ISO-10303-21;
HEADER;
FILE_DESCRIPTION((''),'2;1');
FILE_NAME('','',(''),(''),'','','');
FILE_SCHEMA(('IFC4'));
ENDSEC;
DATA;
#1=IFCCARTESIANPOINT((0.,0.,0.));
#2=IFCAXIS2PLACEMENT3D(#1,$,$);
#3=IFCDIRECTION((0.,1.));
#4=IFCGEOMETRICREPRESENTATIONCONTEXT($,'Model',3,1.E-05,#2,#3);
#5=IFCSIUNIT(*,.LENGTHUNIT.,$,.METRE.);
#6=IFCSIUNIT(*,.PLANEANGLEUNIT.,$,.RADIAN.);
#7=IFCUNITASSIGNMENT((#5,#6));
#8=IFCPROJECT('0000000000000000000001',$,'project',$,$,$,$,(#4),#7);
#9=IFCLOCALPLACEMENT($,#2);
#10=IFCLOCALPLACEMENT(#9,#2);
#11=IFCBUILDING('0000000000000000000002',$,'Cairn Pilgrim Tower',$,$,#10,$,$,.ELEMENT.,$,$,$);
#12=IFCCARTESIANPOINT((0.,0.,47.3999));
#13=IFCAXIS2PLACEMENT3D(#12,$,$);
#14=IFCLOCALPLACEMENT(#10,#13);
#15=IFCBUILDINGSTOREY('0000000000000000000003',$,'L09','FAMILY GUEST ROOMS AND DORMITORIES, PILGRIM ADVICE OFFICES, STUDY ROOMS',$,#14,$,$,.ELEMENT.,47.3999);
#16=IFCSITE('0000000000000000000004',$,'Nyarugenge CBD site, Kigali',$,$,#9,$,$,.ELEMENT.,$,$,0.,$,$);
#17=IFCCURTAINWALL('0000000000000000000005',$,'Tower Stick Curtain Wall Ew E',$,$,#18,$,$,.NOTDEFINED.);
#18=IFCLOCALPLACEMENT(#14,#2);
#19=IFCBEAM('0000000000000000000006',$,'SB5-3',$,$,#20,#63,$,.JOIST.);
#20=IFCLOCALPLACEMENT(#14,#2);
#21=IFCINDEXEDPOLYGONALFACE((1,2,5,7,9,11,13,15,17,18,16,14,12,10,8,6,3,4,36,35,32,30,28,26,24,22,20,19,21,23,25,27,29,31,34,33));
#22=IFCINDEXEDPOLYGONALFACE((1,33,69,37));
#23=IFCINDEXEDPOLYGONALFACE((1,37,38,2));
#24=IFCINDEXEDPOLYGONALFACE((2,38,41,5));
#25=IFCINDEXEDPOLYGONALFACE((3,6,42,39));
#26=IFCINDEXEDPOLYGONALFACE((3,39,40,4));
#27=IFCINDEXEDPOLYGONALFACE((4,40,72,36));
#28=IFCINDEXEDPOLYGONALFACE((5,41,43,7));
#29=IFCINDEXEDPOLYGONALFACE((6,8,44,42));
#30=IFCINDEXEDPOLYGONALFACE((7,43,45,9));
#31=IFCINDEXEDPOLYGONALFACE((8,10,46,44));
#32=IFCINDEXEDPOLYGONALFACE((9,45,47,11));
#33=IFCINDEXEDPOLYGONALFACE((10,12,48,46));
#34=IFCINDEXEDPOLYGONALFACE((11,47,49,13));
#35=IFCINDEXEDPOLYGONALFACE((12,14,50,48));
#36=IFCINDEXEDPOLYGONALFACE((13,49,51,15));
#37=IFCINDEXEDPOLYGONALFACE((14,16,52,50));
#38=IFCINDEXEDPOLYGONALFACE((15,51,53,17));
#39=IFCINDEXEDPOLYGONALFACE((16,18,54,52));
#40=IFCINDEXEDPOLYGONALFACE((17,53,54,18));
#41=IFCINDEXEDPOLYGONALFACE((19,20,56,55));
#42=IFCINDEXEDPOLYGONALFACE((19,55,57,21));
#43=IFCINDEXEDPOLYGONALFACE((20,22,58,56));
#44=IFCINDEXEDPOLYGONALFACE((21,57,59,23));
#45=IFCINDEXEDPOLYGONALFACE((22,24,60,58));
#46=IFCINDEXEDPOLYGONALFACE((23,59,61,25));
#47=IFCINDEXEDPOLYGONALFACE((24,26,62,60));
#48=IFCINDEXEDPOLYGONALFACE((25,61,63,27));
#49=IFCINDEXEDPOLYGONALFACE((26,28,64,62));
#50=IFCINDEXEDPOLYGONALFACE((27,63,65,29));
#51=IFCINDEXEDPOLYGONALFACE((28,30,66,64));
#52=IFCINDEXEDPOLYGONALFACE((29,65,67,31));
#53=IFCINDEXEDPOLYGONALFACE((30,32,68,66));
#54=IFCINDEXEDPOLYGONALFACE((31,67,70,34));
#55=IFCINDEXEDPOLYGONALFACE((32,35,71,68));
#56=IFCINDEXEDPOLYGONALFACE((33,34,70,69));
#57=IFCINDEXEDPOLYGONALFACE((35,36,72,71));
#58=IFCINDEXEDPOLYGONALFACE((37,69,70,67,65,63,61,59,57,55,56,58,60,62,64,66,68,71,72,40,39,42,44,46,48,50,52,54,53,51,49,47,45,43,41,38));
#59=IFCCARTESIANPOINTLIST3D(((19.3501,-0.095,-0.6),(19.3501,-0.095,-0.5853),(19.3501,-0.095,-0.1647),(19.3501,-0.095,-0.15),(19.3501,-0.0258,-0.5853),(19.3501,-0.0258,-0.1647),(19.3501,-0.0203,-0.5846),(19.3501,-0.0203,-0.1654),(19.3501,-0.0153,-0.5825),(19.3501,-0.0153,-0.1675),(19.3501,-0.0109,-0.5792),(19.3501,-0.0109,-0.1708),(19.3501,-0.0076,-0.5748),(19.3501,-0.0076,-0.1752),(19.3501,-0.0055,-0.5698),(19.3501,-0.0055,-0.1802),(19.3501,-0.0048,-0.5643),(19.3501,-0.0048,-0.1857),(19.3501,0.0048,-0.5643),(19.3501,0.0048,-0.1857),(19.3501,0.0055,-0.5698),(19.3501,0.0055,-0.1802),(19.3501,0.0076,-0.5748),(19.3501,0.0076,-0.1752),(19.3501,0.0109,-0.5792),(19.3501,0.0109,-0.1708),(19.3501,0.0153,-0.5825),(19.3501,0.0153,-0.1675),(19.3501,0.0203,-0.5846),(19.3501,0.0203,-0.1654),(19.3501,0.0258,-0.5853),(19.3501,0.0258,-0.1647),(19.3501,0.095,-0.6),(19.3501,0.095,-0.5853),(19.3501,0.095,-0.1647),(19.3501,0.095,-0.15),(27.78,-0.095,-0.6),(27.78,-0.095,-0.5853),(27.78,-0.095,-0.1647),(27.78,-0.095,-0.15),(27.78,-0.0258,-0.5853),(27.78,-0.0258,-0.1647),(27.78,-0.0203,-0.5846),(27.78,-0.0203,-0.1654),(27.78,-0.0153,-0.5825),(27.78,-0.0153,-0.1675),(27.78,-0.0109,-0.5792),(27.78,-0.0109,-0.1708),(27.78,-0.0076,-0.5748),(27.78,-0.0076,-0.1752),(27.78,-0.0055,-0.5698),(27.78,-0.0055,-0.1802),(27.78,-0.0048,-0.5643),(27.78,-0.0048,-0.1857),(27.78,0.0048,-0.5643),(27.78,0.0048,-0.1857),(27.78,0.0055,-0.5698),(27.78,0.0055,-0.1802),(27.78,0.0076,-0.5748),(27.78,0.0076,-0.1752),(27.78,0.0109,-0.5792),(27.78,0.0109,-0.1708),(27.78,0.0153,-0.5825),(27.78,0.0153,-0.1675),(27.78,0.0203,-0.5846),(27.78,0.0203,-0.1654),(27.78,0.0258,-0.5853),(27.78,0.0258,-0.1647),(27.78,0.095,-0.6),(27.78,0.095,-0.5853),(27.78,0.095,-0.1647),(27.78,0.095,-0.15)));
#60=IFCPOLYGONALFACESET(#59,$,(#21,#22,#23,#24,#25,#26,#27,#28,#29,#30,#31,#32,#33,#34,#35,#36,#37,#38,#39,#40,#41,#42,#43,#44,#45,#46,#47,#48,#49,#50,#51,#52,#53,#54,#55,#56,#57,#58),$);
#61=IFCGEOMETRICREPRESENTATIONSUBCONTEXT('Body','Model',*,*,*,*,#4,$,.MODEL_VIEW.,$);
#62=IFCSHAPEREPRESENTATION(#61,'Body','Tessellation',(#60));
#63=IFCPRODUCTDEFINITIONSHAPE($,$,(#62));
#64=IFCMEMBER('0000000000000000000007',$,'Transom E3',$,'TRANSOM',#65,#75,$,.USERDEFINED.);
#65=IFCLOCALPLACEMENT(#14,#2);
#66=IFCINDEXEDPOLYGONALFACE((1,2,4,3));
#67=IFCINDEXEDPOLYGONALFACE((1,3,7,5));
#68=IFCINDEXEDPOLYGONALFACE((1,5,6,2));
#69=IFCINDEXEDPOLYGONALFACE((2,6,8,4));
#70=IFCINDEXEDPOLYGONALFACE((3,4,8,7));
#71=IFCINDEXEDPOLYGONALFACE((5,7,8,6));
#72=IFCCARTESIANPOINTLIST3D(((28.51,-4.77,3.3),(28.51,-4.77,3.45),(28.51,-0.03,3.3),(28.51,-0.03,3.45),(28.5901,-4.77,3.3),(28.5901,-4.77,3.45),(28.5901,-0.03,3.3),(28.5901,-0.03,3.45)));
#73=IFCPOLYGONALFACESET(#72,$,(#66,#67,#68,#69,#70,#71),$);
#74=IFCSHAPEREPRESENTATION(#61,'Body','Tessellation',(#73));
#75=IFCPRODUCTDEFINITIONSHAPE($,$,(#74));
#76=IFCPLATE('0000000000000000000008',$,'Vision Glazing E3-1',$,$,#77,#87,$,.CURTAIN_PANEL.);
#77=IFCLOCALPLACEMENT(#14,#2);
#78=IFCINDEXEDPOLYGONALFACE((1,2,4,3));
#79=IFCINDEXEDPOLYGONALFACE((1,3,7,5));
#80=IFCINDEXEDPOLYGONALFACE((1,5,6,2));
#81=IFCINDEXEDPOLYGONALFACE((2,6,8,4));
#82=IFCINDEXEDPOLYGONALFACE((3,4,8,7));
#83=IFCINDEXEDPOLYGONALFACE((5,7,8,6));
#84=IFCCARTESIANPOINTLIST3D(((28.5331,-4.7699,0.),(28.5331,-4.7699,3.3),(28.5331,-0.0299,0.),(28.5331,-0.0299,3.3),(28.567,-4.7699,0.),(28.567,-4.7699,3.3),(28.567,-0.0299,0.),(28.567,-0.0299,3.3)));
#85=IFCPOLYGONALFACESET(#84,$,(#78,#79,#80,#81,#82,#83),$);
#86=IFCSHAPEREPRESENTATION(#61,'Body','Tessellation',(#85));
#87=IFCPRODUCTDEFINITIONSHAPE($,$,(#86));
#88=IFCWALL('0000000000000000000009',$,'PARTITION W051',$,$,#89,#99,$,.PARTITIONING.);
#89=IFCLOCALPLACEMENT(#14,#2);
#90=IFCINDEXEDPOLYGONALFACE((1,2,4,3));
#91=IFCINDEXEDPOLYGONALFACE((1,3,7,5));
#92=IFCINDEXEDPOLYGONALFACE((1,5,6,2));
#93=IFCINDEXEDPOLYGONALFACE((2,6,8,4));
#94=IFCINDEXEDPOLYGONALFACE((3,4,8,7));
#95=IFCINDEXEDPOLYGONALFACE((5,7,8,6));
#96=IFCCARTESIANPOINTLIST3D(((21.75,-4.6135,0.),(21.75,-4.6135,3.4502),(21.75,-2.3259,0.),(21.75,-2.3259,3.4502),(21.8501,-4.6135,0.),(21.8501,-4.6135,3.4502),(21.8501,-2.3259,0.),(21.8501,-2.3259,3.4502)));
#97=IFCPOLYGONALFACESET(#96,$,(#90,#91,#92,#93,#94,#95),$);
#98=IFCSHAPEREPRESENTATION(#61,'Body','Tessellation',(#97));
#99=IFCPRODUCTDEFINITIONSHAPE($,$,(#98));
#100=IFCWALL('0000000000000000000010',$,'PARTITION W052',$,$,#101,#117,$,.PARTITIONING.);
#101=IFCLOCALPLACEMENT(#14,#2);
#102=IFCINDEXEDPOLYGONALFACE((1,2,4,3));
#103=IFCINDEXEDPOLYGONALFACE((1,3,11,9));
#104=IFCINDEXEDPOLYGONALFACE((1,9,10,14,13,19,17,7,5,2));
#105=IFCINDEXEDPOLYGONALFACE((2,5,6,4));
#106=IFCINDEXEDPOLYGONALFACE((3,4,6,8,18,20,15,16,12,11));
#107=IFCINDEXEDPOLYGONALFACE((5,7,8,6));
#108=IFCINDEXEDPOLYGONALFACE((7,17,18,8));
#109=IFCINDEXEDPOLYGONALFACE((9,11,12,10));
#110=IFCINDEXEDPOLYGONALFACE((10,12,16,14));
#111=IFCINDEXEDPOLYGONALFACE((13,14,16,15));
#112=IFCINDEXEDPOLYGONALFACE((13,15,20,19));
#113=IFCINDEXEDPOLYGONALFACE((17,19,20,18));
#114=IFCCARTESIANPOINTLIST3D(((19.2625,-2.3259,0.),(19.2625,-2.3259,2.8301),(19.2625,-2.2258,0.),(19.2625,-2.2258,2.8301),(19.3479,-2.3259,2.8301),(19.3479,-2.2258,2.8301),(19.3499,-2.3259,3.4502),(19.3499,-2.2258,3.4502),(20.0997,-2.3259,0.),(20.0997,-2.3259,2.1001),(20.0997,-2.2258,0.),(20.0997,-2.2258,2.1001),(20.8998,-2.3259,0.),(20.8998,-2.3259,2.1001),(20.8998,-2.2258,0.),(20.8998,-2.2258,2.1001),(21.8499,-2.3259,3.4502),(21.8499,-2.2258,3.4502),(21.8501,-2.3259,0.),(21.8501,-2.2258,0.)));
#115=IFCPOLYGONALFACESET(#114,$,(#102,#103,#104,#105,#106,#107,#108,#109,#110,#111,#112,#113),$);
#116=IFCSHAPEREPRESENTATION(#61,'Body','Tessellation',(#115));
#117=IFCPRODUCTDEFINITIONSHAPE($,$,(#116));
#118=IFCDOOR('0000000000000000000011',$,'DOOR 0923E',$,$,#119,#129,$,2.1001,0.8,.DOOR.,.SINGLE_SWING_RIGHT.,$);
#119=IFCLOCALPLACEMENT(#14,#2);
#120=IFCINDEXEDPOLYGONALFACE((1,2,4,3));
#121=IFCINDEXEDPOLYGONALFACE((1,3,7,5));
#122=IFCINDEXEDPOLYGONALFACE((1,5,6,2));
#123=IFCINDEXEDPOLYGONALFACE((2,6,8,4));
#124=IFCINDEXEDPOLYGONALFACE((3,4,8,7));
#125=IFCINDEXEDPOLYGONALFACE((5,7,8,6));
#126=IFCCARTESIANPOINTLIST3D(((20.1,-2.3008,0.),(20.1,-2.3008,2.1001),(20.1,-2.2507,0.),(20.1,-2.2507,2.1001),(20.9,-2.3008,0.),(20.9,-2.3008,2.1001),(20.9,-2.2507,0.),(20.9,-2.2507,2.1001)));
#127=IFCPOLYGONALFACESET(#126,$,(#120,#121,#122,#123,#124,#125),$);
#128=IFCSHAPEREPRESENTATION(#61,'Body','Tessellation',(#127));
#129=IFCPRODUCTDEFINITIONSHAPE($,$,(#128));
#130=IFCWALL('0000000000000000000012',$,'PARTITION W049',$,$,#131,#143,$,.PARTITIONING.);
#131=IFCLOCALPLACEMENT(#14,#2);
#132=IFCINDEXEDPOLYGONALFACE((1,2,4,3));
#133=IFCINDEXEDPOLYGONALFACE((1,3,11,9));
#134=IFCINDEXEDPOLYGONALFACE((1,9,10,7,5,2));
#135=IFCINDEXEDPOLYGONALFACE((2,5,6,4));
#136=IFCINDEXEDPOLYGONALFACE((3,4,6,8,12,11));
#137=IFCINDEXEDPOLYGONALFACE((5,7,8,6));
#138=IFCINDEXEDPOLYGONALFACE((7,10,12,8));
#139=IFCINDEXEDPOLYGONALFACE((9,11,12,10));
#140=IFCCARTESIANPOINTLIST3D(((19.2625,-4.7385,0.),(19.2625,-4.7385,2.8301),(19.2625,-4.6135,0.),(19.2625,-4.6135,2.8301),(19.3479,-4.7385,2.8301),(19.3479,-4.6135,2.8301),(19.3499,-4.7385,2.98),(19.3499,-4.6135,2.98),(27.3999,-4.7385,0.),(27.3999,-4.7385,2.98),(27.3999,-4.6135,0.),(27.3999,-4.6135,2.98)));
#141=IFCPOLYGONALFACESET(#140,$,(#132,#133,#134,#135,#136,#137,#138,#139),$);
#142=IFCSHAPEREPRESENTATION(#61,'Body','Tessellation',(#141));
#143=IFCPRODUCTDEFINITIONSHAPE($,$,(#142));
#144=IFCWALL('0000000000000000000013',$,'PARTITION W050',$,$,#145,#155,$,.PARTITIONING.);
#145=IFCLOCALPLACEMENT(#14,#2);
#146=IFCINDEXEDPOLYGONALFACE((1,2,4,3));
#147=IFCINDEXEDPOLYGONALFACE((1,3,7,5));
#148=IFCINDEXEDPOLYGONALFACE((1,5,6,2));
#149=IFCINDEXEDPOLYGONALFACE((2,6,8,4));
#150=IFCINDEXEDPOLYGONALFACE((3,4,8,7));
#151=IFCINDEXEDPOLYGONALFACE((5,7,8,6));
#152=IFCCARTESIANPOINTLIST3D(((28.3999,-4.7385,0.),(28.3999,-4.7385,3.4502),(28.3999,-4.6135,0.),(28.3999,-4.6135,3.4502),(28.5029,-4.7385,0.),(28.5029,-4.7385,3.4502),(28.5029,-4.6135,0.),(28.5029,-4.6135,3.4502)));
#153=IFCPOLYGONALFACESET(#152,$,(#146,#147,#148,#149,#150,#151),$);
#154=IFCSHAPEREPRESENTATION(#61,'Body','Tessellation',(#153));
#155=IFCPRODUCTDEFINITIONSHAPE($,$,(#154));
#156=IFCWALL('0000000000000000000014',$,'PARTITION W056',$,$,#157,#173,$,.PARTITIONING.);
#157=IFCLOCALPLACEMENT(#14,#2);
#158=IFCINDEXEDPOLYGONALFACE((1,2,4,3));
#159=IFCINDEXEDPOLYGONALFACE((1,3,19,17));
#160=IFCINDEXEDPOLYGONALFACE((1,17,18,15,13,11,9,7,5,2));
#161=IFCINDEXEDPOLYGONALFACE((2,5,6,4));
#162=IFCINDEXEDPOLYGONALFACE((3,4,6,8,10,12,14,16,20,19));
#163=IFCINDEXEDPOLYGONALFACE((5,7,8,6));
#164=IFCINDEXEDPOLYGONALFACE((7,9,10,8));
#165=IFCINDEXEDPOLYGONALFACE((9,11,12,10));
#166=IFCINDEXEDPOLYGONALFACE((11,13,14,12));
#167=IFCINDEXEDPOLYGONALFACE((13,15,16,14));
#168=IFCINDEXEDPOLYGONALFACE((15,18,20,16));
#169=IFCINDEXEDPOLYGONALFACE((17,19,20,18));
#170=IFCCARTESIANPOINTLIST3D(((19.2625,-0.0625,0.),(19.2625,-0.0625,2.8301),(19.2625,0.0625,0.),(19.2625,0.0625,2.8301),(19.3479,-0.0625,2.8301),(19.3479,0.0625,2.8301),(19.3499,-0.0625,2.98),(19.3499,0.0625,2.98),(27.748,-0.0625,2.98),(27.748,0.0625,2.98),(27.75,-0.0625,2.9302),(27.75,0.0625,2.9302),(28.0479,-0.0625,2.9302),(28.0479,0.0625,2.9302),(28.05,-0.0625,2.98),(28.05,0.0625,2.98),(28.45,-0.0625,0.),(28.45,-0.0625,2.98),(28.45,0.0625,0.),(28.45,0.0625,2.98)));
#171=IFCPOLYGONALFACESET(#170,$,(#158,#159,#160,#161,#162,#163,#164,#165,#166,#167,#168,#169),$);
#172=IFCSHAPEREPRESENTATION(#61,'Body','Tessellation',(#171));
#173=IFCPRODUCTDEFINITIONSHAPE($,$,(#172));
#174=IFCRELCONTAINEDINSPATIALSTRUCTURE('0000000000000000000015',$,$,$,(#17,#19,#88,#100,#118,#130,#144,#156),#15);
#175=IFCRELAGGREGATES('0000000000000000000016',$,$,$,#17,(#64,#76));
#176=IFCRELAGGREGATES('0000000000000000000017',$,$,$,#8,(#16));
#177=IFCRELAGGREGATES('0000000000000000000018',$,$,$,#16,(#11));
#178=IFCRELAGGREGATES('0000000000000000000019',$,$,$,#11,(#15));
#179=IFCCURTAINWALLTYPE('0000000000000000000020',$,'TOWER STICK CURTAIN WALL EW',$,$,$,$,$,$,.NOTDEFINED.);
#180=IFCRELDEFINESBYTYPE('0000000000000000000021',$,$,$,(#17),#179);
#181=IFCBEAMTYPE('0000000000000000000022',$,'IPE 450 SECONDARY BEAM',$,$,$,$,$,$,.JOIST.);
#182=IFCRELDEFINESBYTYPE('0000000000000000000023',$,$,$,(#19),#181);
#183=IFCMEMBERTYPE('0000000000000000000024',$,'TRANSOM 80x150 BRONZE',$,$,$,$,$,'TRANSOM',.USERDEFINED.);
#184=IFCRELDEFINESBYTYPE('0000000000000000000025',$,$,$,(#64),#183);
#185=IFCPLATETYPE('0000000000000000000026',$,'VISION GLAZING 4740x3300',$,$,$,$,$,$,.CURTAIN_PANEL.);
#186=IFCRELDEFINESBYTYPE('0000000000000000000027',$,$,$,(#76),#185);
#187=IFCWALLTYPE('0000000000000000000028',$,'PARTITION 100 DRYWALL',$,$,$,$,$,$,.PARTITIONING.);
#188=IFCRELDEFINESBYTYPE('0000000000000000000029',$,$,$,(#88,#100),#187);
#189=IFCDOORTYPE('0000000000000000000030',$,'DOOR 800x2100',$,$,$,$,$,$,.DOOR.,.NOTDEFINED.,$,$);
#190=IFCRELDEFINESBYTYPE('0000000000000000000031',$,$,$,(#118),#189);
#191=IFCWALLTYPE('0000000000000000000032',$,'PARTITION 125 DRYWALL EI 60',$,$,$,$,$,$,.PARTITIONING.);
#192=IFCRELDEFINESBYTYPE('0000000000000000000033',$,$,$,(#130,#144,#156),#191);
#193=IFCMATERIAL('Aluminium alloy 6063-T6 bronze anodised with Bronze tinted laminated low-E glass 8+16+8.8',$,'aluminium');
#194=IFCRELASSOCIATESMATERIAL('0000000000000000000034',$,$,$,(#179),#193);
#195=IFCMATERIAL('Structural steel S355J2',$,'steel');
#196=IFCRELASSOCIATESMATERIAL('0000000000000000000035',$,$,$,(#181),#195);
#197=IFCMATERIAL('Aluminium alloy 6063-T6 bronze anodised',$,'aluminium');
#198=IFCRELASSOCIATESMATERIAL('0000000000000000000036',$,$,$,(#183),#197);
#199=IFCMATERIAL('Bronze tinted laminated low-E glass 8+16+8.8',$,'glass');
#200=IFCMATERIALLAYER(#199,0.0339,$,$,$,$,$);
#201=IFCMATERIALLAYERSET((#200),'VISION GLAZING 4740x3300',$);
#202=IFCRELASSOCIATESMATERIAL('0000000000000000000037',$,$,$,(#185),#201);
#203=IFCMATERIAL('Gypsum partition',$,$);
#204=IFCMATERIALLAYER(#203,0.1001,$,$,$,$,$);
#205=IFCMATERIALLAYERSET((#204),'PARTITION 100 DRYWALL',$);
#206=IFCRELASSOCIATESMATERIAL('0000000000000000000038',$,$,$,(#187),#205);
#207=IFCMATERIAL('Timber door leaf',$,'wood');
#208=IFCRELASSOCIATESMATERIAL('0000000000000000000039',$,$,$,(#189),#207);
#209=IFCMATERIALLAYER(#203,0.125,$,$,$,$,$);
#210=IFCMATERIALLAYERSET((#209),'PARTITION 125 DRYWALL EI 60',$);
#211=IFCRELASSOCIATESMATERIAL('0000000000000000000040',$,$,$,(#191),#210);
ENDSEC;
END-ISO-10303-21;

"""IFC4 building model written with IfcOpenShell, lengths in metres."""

from ifc_helpers import new_model, si_unit, direction, frame, frame_2d, origin, origin_2d, place, context, subcontext, project, spatial, polyline, rectangle, i_section, outline, extrude, material, layer, layer_set, material_profile, profile_set, type_object, element, fill, aggregate, save


model = new_model("IFC4")

# Units and contexts
model_context = context("Model", 3, precision=1e-05, world=origin(), true_north=direction((0.0, 1.0)))
body_context = subcontext(model_context, "Body", "Model", "MODEL_VIEW")
ifc_project = project(units=[si_unit("LENGTHUNIT", "METRE"), si_unit("PLANEANGLEUNIT", "RADIAN")], contexts=[model_context])

# Site, building, storey
site_placement = place(None, origin())
site = spatial("IfcSite", under=ifc_project, at=site_placement, Name="Nyarugenge CBD site, Kigali", CompositionType="ELEMENT", RefElevation=0.0)
building_placement = place(site_placement, origin())
building = spatial("IfcBuilding", under=site, at=building_placement, Name="Cairn Pilgrim Tower", CompositionType="ELEMENT")
storey_placement = place(building_placement, frame((0.0, 0.0, 47.3999)))
storey = spatial("IfcBuildingStorey", under=building, at=storey_placement, Name="L09", Description="FAMILY GUEST ROOMS AND DORMITORIES, PILGRIM ADVICE OFFICES, STUDY ROOMS", CompositionType="ELEMENT", Elevation=47.3999)

# Curtain wall
ifc_material_1 = material(Name="Aluminium alloy 6063-T6 bronze anodised with Bronze tinted laminated low-E glass 8+16+8.8", Category="aluminium")
curtain_wall_type = type_object("IfcCurtainWallType", Name="TOWER STICK CURTAIN WALL EW", PredefinedType="NOTDEFINED", material=ifc_material_1)
curtain_wall_placement = place(storey_placement, origin())
curtain_wall = element("IfcCurtainWall", 1, at=curtain_wall_placement, inside=storey, type_object=curtain_wall_type, Name="Tower Stick Curtain Wall Ew E", PredefinedType="NOTDEFINED")
ifc_material_2 = material(Name="Aluminium alloy 6063-T6 bronze anodised", Category="aluminium")

# Beam
ifc_material_3 = material(Name="Structural steel S355J2", Category="steel")
ifc_material_profile_1 = material_profile(ifc_material_3, i_section(OverallWidth=0.1899, OverallDepth=0.45, WebThickness=0.0095, FlangeThickness=0.0146, FilletRadius=0.021, at=origin_2d()), Name="IPE 450")
ifc_profile_set_1 = profile_set([ifc_material_profile_1], Name="Structural steel S355J2")
beam_type_1 = type_object("IfcBeamType", Name="IPE 450 SECONDARY BEAM", PredefinedType="JOIST", material=ifc_profile_set_1)
for number, where, z_axis, x_axis, name in (
    (2, (19.3501, 0.0, -0.375), (1.0, 0.0, 0.0), (0.0, 1.0, 0.0), "SB5-3"),
):
    element("IfcBeam", number, at=place(storey_placement, frame(where, z_axis=z_axis, x_axis=x_axis)), inside=storey, type_object=beam_type_1, Name=name, PredefinedType="JOIST", context=body_context, shape_type="SweptSolid", body=[
        extrude(i_section(OverallWidth=0.1899, OverallDepth=0.45, WebThickness=0.0095, FlangeThickness=0.0146, FilletRadius=0.021, at=origin_2d()), origin(), (0.0, 0.0, 1.0), 8.4299),
    ])

# Member
ifc_material_profile_2 = material_profile(ifc_material_2, rectangle(XDim=0.0801, YDim=0.1499, at=origin_2d()), Name="TRANSOM 80x150 BRONZE")
ifc_profile_set_2 = profile_set([ifc_material_profile_2], Name="Aluminium alloy 6063-T6 bronze anodised")
member_type_1 = type_object("IfcMemberType", Name="TRANSOM 80x150 BRONZE", ElementType="TRANSOM", PredefinedType="USERDEFINED", material=ifc_profile_set_2)
member_1_placement = place(storey_placement, frame((28.55, -4.77, 3.375), z_axis=(0.0, 1.0, 0.0), x_axis=(-1.0, 0.0, 0.0)))
member_1 = element("IfcMember", 3, at=member_1_placement, type_object=member_type_1, Name="Transom E3", ObjectType="TRANSOM", PredefinedType="USERDEFINED", context=body_context, shape_type="SweptSolid", body=[
    extrude(rectangle(XDim=0.0801, YDim=0.1499, at=origin_2d()), origin(), (0.0, 0.0, 1.0), 4.74),
])

# Plate
ifc_material_4 = material(Name="Bronze tinted laminated low-E glass 8+16+8.8", Category="glass")
ifc_layer_1 = layer(ifc_material_4, 0.0339)
ifc_layer_set_1 = layer_set([ifc_layer_1], Name="VISION GLAZING 4740x3300")
plate_type = type_object("IfcPlateType", Name="VISION GLAZING 4740x3300", PredefinedType="CURTAIN_PANEL", material=ifc_layer_set_1)
plate_placement = place(storey_placement, frame((28.55, -2.3999, 0.0), z_axis=(0.0, 0.0, 1.0), x_axis=(0.0, 1.0, 0.0)))
plate = element("IfcPlate", 4, at=plate_placement, type_object=plate_type, Name="Vision Glazing E3-1", PredefinedType="CURTAIN_PANEL", context=body_context, shape_type="SweptSolid", body=[
    extrude(rectangle(XDim=4.74, YDim=0.0339, at=origin_2d()), origin(), (0.0, 0.0, 1.0), 3.3),
])
aggregate(curtain_wall, [member_1, plate])

# Wall
ifc_material_5 = material(Name="Gypsum partition")
ifc_layer_2 = layer(ifc_material_5, 0.1001)
ifc_layer_set_2 = layer_set([ifc_layer_2], Name="PARTITION 100 DRYWALL")
wall_type_1 = type_object("IfcWallType", Name="PARTITION 100 DRYWALL", PredefinedType="PARTITIONING", material=ifc_layer_set_2)
wall_1_placement = place(storey_placement, frame((21.8, -4.6135, 0.0), z_axis=(0.0, 0.0, 1.0), x_axis=(0.0, 1.0, 0.0)))
element("IfcWall", 5, at=wall_1_placement, inside=storey, type_object=wall_type_1, Name="PARTITION W051", PredefinedType="PARTITIONING", context=body_context, shape_type="SweptSolid", body=[
    extrude(rectangle(XDim=2.2876, YDim=0.1001, at=frame_2d((1.1438, 0.0))), origin(), (0.0, 0.0, 1.0), 3.4502),
])

# Wall, opening, door
wall_2_placement = place(storey_placement, frame((19.2625, -2.2759, 0.0), z_axis=(0.0, 0.0, 1.0), x_axis=(1.0, 0.0, 0.0)))
wall_2 = element("IfcWall", 6, at=wall_2_placement, inside=storey, type_object=wall_type_1, Name="PARTITION W052", PredefinedType="PARTITIONING", context=body_context, shape_type="SweptSolid", body=[
    extrude(outline(polyline([(0.0, 0.0), (2.5876, 0.0), (2.5874, 3.4502), (0.0874, 3.4502), (0.0854, 2.8301), (0.0, 2.8301), (0.0, 0.0)])), frame((0.0, 0.05, 0.0), z_axis=(0.0, -1.0, 0.0), x_axis=(1.0, 0.0, 0.0)), (0.0, 0.0, 1.0), 0.1001),
])
opening_placement = place(wall_2_placement, frame((0.8374, 0.0, 0.0)))
opening = element("IfcOpeningElement", 7, at=opening_placement, cuts=wall_2, PredefinedType="OPENING", context=body_context, shape_type="SweptSolid", body=[
    extrude(rectangle(XDim=0.8, YDim=2.1001, at=frame_2d((0.3999, 1.05))), frame((0.0, 0.0601, 0.0), z_axis=(0.0, -1.0, 0.0), x_axis=(1.0, 0.0, 0.0)), (0.0, 0.0, 1.0), 0.1201),
])
ifc_material_6 = material(Name="Timber door leaf", Category="wood")
door_type = type_object("IfcDoorType", Name="DOOR 800x2100", OperationType="NOTDEFINED", PredefinedType="DOOR", material=ifc_material_6)
door_placement = place(opening_placement, frame((0.8, 0.0, 0.0), z_axis=(0.0, 0.0, 1.0), x_axis=(-1.0, 0.0, 0.0)))
door = element("IfcDoor", 8, at=door_placement, inside=storey, type_object=door_type, Name="DOOR 0923E", OperationType="SINGLE_SWING_RIGHT", OverallHeight=2.1001, OverallWidth=0.8, PredefinedType="DOOR", context=body_context, shape_type="SweptSolid", body=[
    extrude(rectangle(XDim=0.8, YDim=2.1001, at=frame_2d((0.3999, 1.05))), frame((0.0, 0.0249, 0.0), z_axis=(0.0, -1.0, 0.0), x_axis=(1.0, 0.0, 0.0)), (0.0, 0.0, 1.0), 0.05),
])
fill(opening, door)

# Walls
ifc_layer_3 = layer(ifc_material_5, 0.125)
ifc_layer_set_3 = layer_set([ifc_layer_3], Name="PARTITION 125 DRYWALL EI 60")
wall_type_2 = type_object("IfcWallType", Name="PARTITION 125 DRYWALL EI 60", PredefinedType="PARTITIONING", material=ifc_layer_set_3)
wall_3_placement = place(storey_placement, frame((19.2625, -4.676, 0.0), z_axis=(0.0, 0.0, 1.0), x_axis=(1.0, 0.0, 0.0)))
element("IfcWall", 9, at=wall_3_placement, inside=storey, type_object=wall_type_2, Name="PARTITION W049", PredefinedType="PARTITIONING", context=body_context, shape_type="SweptSolid", body=[
    extrude(outline(polyline([(0.0, 0.0), (8.1375, 0.0), (8.1375, 2.98), (0.0874, 2.98), (0.0854, 2.8301), (0.0, 2.8301), (0.0, 0.0)])), frame((0.0, 0.0625, 0.0), z_axis=(0.0, -1.0, 0.0), x_axis=(1.0, 0.0, 0.0)), (0.0, 0.0, 1.0), 0.125),
])
wall_4_placement = place(storey_placement, frame((28.3999, -4.676, 0.0), z_axis=(0.0, 0.0, 1.0), x_axis=(1.0, 0.0, 0.0)))
element("IfcWall", 10, at=wall_4_placement, inside=storey, type_object=wall_type_2, Name="PARTITION W050", PredefinedType="PARTITIONING", context=body_context, shape_type="SweptSolid", body=[
    extrude(rectangle(XDim=0.103, YDim=0.125, at=frame_2d((0.0515, 0.0))), origin(), (0.0, 0.0, 1.0), 3.4502),
])
wall_5_placement = place(storey_placement, frame((19.2625, 0.0, 0.0), z_axis=(0.0, 0.0, 1.0), x_axis=(1.0, 0.0, 0.0)))
element("IfcWall", 11, at=wall_5_placement, inside=storey, type_object=wall_type_2, Name="PARTITION W056", PredefinedType="PARTITIONING", context=body_context, shape_type="SweptSolid", body=[
    extrude(outline(polyline([(0.0, 0.0), (9.1875, 0.0), (9.1875, 2.98), (8.7876, 2.98), (8.7854, 2.9302), (8.4875, 2.9302), (8.4856, 2.98), (0.0874, 2.98), (0.0854, 2.8301), (0.0, 2.8301), (0.0, 0.0)])), frame((0.0, 0.0625, 0.0), z_axis=(0.0, -1.0, 0.0), x_axis=(1.0, 0.0, 0.0)), (0.0, 0.0, 1.0), 0.125),
])

save(model, "model.ifc")
